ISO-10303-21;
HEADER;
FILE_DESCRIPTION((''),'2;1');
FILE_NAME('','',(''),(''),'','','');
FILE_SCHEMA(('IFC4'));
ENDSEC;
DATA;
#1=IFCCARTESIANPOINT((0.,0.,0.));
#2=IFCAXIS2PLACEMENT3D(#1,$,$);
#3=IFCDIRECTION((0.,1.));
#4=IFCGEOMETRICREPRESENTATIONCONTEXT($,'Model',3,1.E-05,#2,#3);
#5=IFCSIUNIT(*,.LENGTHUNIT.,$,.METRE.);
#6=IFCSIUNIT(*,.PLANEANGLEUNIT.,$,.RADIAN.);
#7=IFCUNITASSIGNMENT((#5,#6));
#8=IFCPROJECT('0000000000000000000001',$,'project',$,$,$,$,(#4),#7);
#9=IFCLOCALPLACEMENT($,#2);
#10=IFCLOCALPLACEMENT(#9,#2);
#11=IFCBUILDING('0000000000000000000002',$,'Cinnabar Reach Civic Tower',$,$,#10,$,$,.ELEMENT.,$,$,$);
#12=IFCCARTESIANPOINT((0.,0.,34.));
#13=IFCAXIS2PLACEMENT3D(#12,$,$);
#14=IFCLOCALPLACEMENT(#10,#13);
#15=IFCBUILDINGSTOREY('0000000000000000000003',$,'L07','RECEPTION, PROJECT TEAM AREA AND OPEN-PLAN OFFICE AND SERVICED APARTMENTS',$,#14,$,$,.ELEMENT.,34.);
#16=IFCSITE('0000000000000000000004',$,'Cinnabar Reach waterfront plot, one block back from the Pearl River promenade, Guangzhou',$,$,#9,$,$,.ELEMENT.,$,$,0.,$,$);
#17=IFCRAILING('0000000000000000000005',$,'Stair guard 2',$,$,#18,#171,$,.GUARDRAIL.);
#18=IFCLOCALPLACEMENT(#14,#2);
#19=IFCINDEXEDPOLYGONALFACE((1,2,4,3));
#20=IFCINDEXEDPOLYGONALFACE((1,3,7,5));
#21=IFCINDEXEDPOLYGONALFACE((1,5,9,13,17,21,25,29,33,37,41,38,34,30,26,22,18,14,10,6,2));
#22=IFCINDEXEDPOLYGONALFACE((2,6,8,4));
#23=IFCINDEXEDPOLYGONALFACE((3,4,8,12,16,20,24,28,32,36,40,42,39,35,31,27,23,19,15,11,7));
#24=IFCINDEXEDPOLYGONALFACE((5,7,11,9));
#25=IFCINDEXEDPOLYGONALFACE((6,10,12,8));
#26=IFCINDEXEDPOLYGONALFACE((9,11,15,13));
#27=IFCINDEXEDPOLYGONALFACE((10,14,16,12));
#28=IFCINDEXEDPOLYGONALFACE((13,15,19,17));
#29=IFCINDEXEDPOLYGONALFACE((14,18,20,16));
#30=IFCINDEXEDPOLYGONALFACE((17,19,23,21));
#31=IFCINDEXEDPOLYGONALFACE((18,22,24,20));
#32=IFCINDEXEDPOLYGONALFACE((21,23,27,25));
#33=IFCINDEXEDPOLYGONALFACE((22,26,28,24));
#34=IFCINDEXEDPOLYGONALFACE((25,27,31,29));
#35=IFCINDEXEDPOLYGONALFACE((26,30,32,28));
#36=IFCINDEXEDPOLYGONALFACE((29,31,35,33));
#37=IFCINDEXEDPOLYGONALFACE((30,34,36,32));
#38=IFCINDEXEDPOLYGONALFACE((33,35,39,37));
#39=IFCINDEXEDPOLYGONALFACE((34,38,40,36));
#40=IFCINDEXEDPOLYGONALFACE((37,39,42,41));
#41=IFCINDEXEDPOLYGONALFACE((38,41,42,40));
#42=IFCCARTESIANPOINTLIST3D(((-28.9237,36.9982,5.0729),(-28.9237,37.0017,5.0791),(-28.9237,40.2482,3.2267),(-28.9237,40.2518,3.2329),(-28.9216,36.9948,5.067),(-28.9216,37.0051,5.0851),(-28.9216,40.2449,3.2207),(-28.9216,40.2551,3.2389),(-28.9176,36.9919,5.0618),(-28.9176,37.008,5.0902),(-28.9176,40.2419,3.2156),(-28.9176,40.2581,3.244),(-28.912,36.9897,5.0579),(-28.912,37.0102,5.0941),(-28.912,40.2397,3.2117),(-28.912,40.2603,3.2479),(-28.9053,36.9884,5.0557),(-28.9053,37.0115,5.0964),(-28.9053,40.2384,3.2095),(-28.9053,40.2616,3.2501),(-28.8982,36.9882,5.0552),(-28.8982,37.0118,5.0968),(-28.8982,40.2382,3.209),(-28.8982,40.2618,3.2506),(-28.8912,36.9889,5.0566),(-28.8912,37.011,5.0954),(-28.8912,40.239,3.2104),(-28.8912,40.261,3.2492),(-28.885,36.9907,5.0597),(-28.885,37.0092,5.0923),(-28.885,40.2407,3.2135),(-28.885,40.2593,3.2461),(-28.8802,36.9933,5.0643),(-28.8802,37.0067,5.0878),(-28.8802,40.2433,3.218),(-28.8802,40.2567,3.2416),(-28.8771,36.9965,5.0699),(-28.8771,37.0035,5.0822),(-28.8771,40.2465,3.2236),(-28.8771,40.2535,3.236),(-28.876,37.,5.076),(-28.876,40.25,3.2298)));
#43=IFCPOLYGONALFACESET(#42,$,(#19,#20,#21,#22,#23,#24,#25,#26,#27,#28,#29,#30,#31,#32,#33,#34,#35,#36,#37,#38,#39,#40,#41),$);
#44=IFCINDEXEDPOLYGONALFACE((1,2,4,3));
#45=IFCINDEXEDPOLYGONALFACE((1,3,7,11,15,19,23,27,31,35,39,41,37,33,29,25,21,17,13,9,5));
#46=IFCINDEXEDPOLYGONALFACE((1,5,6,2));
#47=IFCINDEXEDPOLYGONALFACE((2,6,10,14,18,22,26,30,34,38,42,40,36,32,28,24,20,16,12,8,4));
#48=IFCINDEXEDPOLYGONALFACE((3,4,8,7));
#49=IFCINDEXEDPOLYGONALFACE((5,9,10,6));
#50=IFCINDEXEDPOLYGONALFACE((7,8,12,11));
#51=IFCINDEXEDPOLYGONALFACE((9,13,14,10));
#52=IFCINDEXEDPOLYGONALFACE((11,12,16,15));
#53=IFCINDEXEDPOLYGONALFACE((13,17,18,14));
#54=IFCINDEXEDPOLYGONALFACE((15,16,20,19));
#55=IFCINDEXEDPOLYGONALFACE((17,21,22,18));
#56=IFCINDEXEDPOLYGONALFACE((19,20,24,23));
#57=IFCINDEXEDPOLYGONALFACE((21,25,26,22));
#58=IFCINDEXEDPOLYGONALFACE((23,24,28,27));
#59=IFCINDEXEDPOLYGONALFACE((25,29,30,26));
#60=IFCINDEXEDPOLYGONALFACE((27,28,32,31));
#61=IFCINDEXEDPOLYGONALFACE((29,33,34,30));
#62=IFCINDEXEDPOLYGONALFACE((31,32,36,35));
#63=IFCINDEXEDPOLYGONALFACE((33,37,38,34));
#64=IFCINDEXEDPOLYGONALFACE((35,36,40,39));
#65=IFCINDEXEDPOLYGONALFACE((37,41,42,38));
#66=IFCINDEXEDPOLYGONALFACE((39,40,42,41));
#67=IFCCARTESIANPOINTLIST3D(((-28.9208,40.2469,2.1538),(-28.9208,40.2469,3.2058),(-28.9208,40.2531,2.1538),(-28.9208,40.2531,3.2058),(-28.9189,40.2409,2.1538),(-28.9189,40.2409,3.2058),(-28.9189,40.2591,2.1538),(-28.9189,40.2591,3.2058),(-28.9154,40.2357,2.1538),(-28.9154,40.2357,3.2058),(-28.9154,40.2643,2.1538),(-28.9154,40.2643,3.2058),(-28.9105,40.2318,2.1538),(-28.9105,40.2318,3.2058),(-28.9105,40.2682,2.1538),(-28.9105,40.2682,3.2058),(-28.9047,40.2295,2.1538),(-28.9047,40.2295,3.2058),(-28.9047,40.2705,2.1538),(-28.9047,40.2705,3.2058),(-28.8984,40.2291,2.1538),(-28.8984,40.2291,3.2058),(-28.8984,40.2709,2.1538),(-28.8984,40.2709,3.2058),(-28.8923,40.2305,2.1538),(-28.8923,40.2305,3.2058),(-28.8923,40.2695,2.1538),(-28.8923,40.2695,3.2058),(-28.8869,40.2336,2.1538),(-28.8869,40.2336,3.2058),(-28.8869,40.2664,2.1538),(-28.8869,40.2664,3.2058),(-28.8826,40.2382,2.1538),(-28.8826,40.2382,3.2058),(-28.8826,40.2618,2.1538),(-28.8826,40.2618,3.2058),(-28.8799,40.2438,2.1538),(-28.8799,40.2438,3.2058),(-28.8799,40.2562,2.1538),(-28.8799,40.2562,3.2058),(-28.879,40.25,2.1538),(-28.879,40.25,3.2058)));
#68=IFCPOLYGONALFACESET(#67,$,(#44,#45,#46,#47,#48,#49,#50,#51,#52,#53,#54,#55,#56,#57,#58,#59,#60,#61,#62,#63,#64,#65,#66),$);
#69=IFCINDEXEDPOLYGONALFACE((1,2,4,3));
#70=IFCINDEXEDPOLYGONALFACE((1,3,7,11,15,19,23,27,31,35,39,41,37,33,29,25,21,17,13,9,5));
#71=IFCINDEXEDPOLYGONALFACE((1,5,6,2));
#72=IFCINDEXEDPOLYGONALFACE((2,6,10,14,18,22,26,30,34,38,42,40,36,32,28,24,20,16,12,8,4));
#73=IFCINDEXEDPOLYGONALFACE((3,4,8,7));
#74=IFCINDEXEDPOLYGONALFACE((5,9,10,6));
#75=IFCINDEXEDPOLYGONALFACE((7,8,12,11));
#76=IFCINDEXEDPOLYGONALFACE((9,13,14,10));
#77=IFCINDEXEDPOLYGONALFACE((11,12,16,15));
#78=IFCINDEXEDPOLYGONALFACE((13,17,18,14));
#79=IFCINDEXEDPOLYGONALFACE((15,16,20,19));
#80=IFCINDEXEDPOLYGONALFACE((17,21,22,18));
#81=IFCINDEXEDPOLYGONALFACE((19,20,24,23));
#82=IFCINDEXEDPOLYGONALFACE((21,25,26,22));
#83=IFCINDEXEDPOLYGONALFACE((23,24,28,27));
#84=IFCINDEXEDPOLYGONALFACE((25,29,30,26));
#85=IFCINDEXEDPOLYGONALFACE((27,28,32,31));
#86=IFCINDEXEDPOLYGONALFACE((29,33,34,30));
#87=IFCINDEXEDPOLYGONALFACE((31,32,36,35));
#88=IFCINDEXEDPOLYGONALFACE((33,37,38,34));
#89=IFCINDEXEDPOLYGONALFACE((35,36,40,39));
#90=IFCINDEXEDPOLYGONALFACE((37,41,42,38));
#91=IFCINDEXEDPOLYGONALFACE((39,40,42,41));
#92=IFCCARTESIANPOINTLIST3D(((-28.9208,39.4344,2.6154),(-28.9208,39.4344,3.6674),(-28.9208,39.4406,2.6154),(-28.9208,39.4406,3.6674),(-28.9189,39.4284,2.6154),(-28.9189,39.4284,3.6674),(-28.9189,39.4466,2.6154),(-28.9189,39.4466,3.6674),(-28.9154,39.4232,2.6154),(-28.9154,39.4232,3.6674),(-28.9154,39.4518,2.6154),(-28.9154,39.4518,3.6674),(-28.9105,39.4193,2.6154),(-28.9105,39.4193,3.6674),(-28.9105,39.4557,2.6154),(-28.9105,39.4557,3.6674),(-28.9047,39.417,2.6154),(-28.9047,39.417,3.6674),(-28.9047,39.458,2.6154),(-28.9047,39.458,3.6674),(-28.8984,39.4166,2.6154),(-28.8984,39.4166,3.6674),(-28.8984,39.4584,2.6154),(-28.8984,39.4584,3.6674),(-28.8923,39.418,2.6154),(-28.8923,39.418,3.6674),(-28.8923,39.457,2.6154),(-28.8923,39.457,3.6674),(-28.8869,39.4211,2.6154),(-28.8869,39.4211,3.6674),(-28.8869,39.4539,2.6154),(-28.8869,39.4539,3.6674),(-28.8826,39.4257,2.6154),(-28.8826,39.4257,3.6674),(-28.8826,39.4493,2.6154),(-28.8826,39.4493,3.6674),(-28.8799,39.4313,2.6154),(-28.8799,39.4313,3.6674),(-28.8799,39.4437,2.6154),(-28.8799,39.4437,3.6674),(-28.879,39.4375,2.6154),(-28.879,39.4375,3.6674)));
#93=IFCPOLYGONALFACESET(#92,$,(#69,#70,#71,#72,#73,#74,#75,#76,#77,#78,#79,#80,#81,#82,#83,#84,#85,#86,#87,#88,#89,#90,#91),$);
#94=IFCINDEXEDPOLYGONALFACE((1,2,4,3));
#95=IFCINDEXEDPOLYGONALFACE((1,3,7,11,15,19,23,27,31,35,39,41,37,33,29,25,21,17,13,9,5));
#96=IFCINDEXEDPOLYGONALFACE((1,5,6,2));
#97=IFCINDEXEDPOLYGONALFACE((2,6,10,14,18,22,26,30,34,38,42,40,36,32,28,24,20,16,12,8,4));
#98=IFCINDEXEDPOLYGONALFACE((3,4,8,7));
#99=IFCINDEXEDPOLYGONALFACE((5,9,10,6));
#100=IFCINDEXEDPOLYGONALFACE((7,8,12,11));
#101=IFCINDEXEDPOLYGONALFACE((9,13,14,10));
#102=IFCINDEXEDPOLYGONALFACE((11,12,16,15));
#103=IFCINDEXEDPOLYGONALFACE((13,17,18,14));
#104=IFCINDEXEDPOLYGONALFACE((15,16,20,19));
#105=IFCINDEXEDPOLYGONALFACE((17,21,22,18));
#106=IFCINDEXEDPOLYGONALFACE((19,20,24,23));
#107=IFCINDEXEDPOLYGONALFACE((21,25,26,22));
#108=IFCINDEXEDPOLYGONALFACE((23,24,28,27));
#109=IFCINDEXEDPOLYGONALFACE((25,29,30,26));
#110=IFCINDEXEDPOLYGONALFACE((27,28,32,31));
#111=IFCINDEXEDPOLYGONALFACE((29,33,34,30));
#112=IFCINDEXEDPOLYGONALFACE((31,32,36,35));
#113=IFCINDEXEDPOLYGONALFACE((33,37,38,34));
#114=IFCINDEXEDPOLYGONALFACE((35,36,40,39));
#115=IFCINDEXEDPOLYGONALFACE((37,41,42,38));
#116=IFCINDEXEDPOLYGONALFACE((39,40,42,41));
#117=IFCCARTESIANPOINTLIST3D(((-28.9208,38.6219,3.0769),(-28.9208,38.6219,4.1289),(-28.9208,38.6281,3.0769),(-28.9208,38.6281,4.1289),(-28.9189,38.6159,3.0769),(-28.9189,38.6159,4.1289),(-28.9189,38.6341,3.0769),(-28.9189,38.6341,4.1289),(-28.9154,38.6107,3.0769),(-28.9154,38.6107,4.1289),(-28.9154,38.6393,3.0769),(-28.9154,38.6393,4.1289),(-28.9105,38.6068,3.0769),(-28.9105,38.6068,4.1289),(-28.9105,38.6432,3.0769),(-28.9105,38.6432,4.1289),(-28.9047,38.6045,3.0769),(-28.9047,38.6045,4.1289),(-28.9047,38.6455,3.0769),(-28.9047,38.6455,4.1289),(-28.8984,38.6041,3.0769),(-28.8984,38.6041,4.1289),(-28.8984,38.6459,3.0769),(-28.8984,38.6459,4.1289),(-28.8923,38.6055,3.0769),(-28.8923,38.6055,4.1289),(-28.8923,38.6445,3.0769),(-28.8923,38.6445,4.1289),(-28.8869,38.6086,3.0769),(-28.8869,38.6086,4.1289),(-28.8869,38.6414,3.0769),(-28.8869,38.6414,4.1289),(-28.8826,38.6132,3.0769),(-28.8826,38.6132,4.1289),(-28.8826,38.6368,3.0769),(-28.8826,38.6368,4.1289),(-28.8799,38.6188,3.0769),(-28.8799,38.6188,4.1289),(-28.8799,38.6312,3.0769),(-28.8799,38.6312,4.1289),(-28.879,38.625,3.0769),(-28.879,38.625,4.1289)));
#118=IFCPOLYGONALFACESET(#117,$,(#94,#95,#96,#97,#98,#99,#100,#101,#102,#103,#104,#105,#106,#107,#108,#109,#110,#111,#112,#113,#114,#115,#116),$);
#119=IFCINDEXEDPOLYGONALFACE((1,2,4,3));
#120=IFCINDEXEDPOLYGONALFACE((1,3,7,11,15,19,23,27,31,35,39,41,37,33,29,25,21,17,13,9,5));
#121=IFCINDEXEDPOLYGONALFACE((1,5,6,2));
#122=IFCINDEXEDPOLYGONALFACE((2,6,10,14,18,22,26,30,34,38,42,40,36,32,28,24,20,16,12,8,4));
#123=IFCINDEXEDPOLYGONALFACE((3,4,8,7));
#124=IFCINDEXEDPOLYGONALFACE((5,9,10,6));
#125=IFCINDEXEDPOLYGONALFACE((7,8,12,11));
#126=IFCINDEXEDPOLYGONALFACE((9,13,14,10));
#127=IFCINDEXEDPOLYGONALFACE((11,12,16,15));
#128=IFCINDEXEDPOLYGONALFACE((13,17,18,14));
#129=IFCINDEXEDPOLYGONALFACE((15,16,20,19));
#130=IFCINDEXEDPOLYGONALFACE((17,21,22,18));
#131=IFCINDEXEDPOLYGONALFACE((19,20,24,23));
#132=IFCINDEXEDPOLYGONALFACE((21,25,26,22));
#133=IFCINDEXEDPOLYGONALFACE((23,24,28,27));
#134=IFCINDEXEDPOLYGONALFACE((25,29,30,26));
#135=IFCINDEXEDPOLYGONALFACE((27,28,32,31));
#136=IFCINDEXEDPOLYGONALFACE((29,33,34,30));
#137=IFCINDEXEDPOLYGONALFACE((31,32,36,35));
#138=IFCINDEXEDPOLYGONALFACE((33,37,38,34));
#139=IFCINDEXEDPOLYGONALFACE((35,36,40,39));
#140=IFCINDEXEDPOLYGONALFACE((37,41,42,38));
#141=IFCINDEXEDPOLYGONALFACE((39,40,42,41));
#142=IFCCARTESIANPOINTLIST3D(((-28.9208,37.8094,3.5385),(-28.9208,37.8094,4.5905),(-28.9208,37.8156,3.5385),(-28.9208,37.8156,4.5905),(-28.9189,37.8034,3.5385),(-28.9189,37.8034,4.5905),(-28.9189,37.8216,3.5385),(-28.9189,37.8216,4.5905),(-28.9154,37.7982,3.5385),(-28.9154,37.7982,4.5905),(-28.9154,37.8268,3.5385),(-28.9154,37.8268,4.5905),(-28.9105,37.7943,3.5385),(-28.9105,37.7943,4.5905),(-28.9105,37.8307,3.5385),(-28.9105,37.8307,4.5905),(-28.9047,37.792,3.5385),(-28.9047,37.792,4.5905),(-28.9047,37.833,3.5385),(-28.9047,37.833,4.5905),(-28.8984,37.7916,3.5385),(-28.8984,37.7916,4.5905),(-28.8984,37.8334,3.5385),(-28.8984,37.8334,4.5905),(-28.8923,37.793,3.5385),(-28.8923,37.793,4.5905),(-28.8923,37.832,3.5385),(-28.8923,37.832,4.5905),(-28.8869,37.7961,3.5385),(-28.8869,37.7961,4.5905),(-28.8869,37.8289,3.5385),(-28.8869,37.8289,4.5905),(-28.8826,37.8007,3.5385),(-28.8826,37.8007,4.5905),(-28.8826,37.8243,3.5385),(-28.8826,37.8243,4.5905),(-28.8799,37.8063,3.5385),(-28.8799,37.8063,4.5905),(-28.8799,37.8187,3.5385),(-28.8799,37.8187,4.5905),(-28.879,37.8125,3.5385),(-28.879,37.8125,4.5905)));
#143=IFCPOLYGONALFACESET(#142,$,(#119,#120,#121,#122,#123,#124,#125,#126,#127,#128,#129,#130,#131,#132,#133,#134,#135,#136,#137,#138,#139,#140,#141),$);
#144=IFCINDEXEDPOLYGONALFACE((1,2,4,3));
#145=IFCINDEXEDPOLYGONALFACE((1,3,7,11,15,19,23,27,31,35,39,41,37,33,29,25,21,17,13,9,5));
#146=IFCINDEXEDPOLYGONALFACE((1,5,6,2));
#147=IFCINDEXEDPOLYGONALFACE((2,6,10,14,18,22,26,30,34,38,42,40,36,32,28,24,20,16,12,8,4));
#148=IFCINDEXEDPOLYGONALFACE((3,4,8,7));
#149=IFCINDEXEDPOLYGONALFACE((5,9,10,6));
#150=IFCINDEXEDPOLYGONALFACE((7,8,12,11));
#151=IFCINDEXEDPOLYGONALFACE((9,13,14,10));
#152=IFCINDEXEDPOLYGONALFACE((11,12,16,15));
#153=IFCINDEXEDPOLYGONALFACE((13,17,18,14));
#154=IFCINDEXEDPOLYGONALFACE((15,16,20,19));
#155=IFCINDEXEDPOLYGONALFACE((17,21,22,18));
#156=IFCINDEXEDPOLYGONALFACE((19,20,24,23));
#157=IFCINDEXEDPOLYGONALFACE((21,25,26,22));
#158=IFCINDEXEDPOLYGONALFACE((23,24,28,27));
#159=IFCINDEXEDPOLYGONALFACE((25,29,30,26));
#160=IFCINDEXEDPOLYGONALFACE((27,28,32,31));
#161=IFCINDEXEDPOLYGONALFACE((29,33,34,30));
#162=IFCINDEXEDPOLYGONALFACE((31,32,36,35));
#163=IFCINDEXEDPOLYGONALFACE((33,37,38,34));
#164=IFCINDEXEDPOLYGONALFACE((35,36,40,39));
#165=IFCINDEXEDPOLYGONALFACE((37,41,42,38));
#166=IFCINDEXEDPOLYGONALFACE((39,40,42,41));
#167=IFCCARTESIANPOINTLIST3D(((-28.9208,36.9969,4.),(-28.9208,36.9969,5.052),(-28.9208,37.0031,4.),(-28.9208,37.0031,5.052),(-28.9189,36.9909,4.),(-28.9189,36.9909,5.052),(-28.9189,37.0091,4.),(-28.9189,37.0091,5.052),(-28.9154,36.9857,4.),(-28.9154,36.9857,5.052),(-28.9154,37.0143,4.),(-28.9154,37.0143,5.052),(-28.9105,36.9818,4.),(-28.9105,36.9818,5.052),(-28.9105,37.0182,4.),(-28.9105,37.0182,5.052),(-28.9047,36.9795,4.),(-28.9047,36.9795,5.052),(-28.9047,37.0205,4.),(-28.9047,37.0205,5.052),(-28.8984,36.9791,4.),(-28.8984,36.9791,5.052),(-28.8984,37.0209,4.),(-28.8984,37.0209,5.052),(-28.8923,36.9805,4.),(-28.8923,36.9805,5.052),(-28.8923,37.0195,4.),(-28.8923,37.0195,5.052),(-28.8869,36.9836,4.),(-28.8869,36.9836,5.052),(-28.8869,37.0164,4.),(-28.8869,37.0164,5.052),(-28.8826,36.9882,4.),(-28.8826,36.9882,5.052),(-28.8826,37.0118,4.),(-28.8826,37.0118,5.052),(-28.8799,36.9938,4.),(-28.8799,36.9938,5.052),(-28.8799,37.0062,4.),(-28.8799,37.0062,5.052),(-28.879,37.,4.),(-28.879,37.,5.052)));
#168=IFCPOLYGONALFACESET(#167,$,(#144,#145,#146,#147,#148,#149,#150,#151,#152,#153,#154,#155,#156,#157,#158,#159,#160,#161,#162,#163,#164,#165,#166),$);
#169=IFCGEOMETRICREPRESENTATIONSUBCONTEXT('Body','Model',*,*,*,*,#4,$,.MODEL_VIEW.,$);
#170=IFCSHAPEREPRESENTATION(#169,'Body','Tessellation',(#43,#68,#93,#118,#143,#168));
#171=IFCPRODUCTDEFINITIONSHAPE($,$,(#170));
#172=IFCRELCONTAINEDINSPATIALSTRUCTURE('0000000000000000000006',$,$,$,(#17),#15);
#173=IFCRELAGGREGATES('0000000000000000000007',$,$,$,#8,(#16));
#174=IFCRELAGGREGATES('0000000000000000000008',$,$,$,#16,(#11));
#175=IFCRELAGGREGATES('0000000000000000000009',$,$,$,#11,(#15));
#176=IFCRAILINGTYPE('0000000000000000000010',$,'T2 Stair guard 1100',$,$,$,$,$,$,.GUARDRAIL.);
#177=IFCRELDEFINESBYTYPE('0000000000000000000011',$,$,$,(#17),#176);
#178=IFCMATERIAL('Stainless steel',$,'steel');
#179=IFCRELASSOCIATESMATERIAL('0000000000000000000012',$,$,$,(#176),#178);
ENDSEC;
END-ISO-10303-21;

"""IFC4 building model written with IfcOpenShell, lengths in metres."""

from ifc_helpers import new_model, si_unit, direction, frame, origin, origin_2d, place, context, subcontext, project, spatial, circle, extrude, material, type_object, element, save


model = new_model("IFC4")

# Units and contexts
model_context = context("Model", 3, precision=1e-05, world=origin(), true_north=direction((0.0, 1.0)))
body_context = subcontext(model_context, "Body", "Model", "MODEL_VIEW")
ifc_project = project(units=[si_unit("LENGTHUNIT", "METRE"), si_unit("PLANEANGLEUNIT", "RADIAN")], contexts=[model_context])

# Site, building, storey
site_placement = place(None, origin())
site = spatial("IfcSite", under=ifc_project, at=site_placement, Name="Cinnabar Reach waterfront plot, one block back from the Pearl River promenade, Guangzhou", CompositionType="ELEMENT", RefElevation=0.0)
building_placement = place(site_placement, origin())
building = spatial("IfcBuilding", under=site, at=building_placement, Name="Cinnabar Reach Civic Tower", CompositionType="ELEMENT")
storey_placement = place(building_placement, frame((0.0, 0.0, 34.0)))
storey = spatial("IfcBuildingStorey", under=building, at=storey_placement, Name="L07", Description="RECEPTION, PROJECT TEAM AREA AND OPEN-PLAN OFFICE AND SERVICED APARTMENTS", CompositionType="ELEMENT", Elevation=34.0)

# Railing
ifc_material_1 = material(Name="Stainless steel", Category="steel")
railing_type = type_object("IfcRailingType", Name="T2 Stair guard 1100", PredefinedType="GUARDRAIL", material=ifc_material_1)
railing_1_placement = place(storey_placement, frame((-28.9, 40.25, 2.1538)))
element("IfcRailing", 1, at=railing_1_placement, inside=storey, type_object=railing_type, Name="Stair guard 2", PredefinedType="GUARDRAIL", context=body_context, shape_type="SweptSolid", body=[
    extrude(circle(Radius=0.024, at=origin_2d()), frame((0.0, 0.0, 1.076), z_axis=(0.0, -0.869501, 0.49393), x_axis=(1.0, 0.0, 0.0)), (0.0, 0.0, 1.0), 3.7378),
    extrude(circle(Radius=0.021, at=origin_2d()), origin(), (0.0, 0.0, 1.0), 1.052),
    extrude(circle(Radius=0.021, at=origin_2d()), frame((0.0, -0.8125, 0.4616)), (0.0, 0.0, 1.0), 1.052),
    extrude(circle(Radius=0.021, at=origin_2d()), frame((0.0, -1.625, 0.9231)), (0.0, 0.0, 1.0), 1.052),
    extrude(circle(Radius=0.021, at=origin_2d()), frame((0.0, -2.4375, 1.3847)), (0.0, 0.0, 1.0), 1.052),
    extrude(circle(Radius=0.021, at=origin_2d()), frame((0.0, -3.25, 1.8462)), (0.0, 0.0, 1.0), 1.052),
])

save(model, "model.ifc")
